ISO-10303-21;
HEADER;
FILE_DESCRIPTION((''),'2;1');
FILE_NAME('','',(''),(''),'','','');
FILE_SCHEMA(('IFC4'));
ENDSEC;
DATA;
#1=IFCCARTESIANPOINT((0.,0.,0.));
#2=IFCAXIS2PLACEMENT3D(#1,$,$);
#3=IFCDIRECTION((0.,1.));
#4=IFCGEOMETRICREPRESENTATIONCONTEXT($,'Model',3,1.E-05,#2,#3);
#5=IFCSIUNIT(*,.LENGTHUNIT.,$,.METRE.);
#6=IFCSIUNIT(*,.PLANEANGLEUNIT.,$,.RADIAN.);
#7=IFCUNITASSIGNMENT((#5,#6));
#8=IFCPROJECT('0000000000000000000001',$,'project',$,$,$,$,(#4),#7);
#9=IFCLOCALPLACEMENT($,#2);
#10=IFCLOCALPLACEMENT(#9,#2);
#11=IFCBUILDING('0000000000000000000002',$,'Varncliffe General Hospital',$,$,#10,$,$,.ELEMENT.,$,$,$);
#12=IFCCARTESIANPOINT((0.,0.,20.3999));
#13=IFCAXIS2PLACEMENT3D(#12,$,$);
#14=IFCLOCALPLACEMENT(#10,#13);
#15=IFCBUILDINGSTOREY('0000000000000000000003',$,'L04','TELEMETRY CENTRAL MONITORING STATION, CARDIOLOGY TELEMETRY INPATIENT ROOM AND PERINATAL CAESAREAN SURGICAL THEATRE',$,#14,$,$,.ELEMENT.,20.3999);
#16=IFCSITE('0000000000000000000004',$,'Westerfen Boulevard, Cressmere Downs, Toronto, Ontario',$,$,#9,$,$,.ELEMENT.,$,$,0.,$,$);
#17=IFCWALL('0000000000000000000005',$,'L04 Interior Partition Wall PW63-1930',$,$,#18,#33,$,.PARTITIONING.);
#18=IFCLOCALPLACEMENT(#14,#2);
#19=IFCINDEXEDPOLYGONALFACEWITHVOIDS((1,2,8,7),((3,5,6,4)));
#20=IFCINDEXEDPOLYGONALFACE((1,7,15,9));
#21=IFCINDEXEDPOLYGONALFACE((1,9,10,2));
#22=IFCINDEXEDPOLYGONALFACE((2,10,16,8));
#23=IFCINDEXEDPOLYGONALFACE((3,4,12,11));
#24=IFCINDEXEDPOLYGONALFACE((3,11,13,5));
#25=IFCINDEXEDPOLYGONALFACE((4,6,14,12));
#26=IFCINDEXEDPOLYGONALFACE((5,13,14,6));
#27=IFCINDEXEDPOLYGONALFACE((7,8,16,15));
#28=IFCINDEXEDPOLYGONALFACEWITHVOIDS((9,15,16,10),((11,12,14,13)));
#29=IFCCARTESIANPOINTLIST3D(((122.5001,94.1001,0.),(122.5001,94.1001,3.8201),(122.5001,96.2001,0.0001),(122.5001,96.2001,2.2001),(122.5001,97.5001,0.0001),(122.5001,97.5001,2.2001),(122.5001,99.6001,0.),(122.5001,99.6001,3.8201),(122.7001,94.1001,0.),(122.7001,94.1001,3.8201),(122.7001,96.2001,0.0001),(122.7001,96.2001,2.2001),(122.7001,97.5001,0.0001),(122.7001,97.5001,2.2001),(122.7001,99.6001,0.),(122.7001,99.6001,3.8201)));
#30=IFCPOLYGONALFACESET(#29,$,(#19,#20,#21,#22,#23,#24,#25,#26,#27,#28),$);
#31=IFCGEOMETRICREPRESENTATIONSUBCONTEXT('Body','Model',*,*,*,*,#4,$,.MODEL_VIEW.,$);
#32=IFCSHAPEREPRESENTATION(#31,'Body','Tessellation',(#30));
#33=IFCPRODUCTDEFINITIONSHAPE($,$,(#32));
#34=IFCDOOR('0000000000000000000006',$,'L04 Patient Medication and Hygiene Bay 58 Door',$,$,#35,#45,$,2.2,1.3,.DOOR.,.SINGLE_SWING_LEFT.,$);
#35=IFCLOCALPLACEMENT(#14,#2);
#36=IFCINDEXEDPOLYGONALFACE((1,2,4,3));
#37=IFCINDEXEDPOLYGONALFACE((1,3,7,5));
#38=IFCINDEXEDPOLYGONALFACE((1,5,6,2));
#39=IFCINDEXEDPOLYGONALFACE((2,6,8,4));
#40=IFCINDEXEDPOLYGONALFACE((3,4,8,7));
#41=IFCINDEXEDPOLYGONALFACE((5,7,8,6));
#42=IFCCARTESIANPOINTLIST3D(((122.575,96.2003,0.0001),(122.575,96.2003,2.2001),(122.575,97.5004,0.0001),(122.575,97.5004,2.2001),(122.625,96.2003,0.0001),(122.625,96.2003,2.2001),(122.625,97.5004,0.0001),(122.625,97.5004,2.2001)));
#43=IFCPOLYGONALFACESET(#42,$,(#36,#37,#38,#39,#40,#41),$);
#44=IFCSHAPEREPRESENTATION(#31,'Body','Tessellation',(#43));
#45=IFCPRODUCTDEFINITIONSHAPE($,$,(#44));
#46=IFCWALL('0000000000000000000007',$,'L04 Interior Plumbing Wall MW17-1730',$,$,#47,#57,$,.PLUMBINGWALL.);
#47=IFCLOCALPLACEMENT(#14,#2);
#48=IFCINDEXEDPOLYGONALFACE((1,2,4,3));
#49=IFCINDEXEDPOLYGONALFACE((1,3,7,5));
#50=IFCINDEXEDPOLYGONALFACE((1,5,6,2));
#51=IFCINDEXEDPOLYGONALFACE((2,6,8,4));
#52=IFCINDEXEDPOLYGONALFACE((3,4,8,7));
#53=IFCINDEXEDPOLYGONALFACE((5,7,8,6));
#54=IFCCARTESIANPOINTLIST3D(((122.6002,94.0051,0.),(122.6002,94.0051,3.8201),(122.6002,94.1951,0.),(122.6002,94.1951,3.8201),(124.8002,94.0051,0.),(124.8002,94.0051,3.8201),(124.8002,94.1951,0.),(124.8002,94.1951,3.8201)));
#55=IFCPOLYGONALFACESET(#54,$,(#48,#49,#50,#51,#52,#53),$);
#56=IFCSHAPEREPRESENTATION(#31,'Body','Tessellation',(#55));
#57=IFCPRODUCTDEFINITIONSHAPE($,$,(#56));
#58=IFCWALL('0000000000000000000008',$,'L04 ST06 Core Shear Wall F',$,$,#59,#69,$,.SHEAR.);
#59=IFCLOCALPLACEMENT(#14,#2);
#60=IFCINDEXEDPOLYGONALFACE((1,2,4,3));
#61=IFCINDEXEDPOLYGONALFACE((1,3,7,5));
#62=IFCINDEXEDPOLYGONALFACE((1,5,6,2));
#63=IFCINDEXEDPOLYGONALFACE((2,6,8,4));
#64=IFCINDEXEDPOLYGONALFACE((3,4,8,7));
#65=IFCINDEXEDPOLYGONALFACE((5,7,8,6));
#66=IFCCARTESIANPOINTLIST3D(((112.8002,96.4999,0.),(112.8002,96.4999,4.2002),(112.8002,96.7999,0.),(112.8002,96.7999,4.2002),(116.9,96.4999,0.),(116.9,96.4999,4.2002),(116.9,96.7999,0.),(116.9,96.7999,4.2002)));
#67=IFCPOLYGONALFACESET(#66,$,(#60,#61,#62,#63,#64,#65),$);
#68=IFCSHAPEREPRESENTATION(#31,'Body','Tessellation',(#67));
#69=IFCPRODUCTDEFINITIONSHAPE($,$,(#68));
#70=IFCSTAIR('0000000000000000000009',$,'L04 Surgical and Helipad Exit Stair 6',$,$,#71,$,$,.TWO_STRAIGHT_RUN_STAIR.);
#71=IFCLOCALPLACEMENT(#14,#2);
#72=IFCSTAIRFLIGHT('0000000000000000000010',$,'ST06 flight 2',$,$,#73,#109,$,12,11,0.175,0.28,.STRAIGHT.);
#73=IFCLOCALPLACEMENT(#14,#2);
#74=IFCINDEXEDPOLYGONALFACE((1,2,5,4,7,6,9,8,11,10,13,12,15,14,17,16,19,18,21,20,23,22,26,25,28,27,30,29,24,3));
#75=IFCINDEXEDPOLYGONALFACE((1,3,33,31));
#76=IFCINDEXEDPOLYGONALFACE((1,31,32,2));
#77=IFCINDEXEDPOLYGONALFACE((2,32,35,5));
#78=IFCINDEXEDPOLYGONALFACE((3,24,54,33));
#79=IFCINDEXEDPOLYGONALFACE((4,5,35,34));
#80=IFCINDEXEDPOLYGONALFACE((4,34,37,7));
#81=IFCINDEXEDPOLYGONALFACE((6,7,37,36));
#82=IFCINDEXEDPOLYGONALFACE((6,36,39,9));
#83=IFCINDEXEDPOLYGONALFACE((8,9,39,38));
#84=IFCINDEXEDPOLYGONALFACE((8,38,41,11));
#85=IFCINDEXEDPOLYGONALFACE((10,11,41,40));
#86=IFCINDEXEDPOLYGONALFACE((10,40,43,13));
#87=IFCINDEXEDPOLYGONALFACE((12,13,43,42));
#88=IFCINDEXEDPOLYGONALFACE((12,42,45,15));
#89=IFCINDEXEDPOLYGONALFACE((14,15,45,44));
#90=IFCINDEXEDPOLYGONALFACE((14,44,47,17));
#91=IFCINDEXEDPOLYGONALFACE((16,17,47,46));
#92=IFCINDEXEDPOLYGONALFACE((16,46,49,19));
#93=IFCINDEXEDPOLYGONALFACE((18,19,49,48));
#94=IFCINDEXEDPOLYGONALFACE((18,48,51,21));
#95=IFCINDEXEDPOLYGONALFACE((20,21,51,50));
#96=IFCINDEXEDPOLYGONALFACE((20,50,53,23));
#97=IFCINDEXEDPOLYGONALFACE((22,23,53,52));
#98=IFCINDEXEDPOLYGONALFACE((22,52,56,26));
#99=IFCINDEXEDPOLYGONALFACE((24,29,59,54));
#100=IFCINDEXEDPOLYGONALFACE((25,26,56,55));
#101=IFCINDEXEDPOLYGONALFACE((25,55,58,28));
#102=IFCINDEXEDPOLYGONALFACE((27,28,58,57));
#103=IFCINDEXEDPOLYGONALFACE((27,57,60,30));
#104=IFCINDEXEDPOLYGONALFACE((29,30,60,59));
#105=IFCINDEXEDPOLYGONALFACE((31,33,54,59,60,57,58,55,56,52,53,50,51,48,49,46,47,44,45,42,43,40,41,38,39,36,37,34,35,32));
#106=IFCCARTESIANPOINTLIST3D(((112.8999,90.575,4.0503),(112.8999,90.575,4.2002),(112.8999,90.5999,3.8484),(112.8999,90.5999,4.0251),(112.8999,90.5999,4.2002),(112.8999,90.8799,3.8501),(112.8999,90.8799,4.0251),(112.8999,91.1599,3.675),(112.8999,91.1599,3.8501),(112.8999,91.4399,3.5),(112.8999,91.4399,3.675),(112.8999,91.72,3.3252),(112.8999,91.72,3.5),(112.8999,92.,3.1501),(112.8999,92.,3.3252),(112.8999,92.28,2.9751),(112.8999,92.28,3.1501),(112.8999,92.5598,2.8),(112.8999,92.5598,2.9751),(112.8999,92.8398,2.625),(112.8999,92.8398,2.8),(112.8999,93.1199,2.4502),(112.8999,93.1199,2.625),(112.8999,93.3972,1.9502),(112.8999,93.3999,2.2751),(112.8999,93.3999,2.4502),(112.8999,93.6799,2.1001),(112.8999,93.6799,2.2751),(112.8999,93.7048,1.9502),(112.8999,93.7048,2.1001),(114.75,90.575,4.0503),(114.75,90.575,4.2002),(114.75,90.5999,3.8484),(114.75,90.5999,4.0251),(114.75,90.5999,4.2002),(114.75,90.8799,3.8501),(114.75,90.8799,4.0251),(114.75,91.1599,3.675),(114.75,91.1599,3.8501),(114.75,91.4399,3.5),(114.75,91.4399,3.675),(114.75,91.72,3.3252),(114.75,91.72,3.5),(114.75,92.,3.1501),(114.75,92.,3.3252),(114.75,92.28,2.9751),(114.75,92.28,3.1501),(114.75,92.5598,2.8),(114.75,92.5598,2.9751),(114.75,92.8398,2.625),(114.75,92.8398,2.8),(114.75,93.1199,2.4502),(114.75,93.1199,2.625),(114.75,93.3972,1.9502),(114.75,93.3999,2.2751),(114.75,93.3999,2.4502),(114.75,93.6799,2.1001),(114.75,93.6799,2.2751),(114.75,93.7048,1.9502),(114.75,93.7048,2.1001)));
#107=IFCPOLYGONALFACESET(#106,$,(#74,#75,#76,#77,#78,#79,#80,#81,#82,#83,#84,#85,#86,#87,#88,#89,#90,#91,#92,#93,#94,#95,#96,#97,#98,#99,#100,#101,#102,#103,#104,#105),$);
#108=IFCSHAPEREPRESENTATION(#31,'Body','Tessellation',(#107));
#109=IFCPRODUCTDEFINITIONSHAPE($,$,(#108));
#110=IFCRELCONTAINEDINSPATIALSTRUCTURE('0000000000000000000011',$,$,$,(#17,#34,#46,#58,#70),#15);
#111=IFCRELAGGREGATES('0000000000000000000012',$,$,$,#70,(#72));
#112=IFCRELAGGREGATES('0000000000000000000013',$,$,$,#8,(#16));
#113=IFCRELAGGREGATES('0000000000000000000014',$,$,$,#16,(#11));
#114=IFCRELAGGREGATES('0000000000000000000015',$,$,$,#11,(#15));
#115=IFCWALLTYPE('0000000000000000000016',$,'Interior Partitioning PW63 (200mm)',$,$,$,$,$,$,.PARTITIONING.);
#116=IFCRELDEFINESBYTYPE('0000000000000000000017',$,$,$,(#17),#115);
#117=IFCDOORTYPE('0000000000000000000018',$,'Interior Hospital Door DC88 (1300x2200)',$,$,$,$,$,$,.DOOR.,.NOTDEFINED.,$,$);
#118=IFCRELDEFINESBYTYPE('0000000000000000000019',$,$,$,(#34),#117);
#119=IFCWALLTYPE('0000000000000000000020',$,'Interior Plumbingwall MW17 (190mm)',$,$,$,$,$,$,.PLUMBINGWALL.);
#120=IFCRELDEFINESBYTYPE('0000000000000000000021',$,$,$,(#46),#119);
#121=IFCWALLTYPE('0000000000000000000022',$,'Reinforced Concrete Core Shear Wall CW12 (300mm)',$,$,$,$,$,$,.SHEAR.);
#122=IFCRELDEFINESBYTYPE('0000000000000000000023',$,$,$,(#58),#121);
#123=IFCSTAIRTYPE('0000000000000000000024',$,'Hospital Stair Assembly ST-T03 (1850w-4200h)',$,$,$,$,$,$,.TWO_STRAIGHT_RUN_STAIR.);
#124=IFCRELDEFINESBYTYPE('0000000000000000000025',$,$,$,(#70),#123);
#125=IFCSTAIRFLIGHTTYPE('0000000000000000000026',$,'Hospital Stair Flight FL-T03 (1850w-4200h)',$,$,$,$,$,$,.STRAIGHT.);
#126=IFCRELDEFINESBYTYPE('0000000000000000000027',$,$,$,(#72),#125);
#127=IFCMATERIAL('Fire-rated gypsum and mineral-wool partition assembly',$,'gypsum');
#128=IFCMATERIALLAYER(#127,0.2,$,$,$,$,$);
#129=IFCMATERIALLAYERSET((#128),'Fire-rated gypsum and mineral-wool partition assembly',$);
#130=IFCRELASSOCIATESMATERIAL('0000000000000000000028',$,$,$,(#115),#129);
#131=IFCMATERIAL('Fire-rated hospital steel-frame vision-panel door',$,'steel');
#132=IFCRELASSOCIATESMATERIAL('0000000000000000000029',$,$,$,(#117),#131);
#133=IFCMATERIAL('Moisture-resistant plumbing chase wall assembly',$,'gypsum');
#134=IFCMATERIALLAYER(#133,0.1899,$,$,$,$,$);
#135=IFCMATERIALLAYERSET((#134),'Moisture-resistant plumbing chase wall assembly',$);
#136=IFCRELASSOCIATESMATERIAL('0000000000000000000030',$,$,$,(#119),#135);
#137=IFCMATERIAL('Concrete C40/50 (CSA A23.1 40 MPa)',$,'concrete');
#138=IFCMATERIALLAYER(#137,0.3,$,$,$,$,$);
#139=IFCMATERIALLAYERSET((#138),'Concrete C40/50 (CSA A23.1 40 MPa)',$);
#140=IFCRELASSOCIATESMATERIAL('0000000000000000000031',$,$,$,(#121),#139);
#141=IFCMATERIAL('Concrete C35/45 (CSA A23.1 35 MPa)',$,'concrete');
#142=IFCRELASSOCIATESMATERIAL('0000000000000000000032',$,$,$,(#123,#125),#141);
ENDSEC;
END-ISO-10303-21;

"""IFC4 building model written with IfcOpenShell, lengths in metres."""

from ifc_helpers import new_model, si_unit, direction, frame, frame_2d, origin, place, context, subcontext, project, spatial, polyline, rectangle, outline, extrude, material, layer, layer_set, type_object, element, fill, aggregate, save


model = new_model("IFC4")

# Units and contexts
model_context = context("Model", 3, precision=1e-05, world=origin(), true_north=direction((0.0, 1.0)))
body_context = subcontext(model_context, "Body", "Model", "MODEL_VIEW")
ifc_project = project(units=[si_unit("LENGTHUNIT", "METRE"), si_unit("PLANEANGLEUNIT", "RADIAN")], contexts=[model_context])

# Site, building, storey
site_placement = place(None, origin())
site = spatial("IfcSite", under=ifc_project, at=site_placement, Name="Westerfen Boulevard, Cressmere Downs, Toronto, Ontario", CompositionType="ELEMENT", RefElevation=0.0)
building_placement = place(site_placement, origin())
building = spatial("IfcBuilding", under=site, at=building_placement, Name="Varncliffe General Hospital", CompositionType="ELEMENT")
storey_placement = place(building_placement, frame((0.0, 0.0, 20.3999)))
storey = spatial("IfcBuildingStorey", under=building, at=storey_placement, Name="L04", Description="TELEMETRY CENTRAL MONITORING STATION, CARDIOLOGY TELEMETRY INPATIENT ROOM AND PERINATAL CAESAREAN SURGICAL THEATRE", CompositionType="ELEMENT", Elevation=20.3999)

# Shared definitions
ifc_material_1 = material(Name="Concrete C40/50 (CSA A23.1 40 MPa)", Category="concrete")

# Shared definitions
ifc_material_2 = material(Name="Concrete C35/45 (CSA A23.1 35 MPa)", Category="concrete")

# Wall, opening, door
ifc_material_3 = material(Name="Fire-rated gypsum and mineral-wool partition assembly", Category="gypsum")
ifc_layer_1 = layer(ifc_material_3, 0.2)
ifc_layer_set_1 = layer_set([ifc_layer_1], Name="Fire-rated gypsum and mineral-wool partition assembly")
wall_type_1 = type_object("IfcWallType", Name="Interior Partitioning PW63 (200mm)", PredefinedType="PARTITIONING", material=ifc_layer_set_1)
ifc_material_4 = material(Name="Fire-rated hospital steel-frame vision-panel door", Category="steel")
wall_1_placement = place(storey_placement, frame((122.6001, 94.1001, 0.0), z_axis=(0.0, 0.0, 1.0), x_axis=(0.0, 1.0, 0.0)))
wall_1 = element("IfcWall", 1, at=wall_1_placement, inside=storey, type_object=wall_type_1, Name="L04 Interior Partition Wall PW63-1930", PredefinedType="PARTITIONING", context=body_context, shape_type="SweptSolid", body=[
    extrude(rectangle(XDim=5.5, YDim=0.2, at=frame_2d((2.75, 0.0))), origin(), (0.0, 0.0, 1.0), 3.8201),
])
opening_1_placement = place(wall_1_placement, frame((2.1001, 0.0, 0.0)))
opening_1 = element("IfcOpeningElement", 2, at=opening_1_placement, cuts=wall_1, PredefinedType="OPENING", context=body_context, shape_type="SweptSolid", body=[
    extrude(rectangle(XDim=1.3, YDim=2.2, at=frame_2d((0.6499, 1.1001))), frame((0.0, 0.1099, 0.0), z_axis=(0.0, -1.0, 0.0), x_axis=(1.0, 0.0, 0.0)), (0.0, 0.0, 1.0), 0.22),
])
door_type_1 = type_object("IfcDoorType", Name="Interior Hospital Door DC88 (1300x2200)", OperationType="NOTDEFINED", PredefinedType="DOOR", material=ifc_material_4)
door_1_placement = place(opening_1_placement, frame((1.3, 0.0, 0.0), z_axis=(0.0, 0.0, 1.0), x_axis=(-1.0, 0.0, 0.0)))
door_1 = element("IfcDoor", 3, at=door_1_placement, inside=storey, type_object=door_type_1, Name="L04 Patient Medication and Hygiene Bay 58 Door", OperationType="SINGLE_SWING_LEFT", OverallHeight=2.2, OverallWidth=1.3, PredefinedType="DOOR", context=body_context, shape_type="SweptSolid", body=[
    extrude(rectangle(XDim=1.3, YDim=2.2, at=frame_2d((0.6499, 1.1001))), frame((0.0, 0.0249, 0.0), z_axis=(0.0, -1.0, 0.0), x_axis=(1.0, 0.0, 0.0)), (0.0, 0.0, 1.0), 0.05),
])
fill(opening_1, door_1)

# Walls
ifc_material_5 = material(Name="Moisture-resistant plumbing chase wall assembly", Category="gypsum")
ifc_layer_2 = layer(ifc_material_5, 0.1899)
ifc_layer_set_2 = layer_set([ifc_layer_2], Name="Moisture-resistant plumbing chase wall assembly")
wall_type_2 = type_object("IfcWallType", Name="Interior Plumbingwall MW17 (190mm)", PredefinedType="PLUMBINGWALL", material=ifc_layer_set_2)
wall_2_placement = place(storey_placement, frame((122.6001, 94.1001, 0.0), z_axis=(0.0, 0.0, 1.0), x_axis=(1.0, 0.0, 0.0)))
element("IfcWall", 4, at=wall_2_placement, inside=storey, type_object=wall_type_2, Name="L04 Interior Plumbing Wall MW17-1730", PredefinedType="PLUMBINGWALL", context=body_context, shape_type="SweptSolid", body=[
    extrude(rectangle(XDim=2.2, YDim=0.1899, at=frame_2d((1.1001, 0.0))), origin(), (0.0, 0.0, 1.0), 3.8201),
])
ifc_layer_3 = layer(ifc_material_1, 0.3)
ifc_layer_set_3 = layer_set([ifc_layer_3], Name="Concrete C40/50 (CSA A23.1 40 MPa)")
wall_type_3 = type_object("IfcWallType", Name="Reinforced Concrete Core Shear Wall CW12 (300mm)", PredefinedType="SHEAR", material=ifc_layer_set_3)
wall_3_placement = place(storey_placement, frame((116.8999, 96.6499, 0.0), z_axis=(0.0, 0.0, 1.0), x_axis=(-1.0, 0.0, 0.0)))
element("IfcWall", 5, at=wall_3_placement, inside=storey, type_object=wall_type_3, Name="L04 ST06 Core Shear Wall F", PredefinedType="SHEAR", context=body_context, shape_type="SweptSolid", body=[
    extrude(rectangle(XDim=4.0999, YDim=0.3, at=frame_2d((2.0498, 0.0))), origin(), (0.0, 0.0, 1.0), 4.2002),
])

# Stair, stair flight
stair_type = type_object("IfcStairType", Name="Hospital Stair Assembly ST-T03 (1850w-4200h)", PredefinedType="TWO_STRAIGHT_RUN_STAIR", material=ifc_material_2)
stair_placement = place(storey_placement, origin())
stair = element("IfcStair", 6, at=stair_placement, inside=storey, type_object=stair_type, Name="L04 Surgical and Helipad Exit Stair 6", PredefinedType="TWO_STRAIGHT_RUN_STAIR")
stair_flight_type = type_object("IfcStairFlightType", Name="Hospital Stair Flight FL-T03 (1850w-4200h)", PredefinedType="STRAIGHT", material=ifc_material_2)
stair_flight_placement = place(storey_placement, frame((113.825, 93.6799, 2.1001), z_axis=(0.0, 0.0, 1.0), x_axis=(0.0, -1.0, 0.0)))
stair_flight = element("IfcStairFlight", 7, at=stair_flight_placement, type_object=stair_flight_type, Name="ST06 flight 2", NumberOfRisers=12, NumberOfTreads=11, PredefinedType="STRAIGHT", RiserHeight=0.175, TreadLength=0.28, context=body_context, shape_type="SweptSolid", body=[
    extrude(outline(polyline([(-0.0249, -0.1499), (-0.0249, 0.0), (0.0, 0.0), (0.0, 0.175), (0.28, 0.175), (0.28, 0.3501), (0.5601, 0.3501), (0.5601, 0.5249), (0.8401, 0.5249), (0.8401, 0.7), (1.1201, 0.7), (1.1201, 0.875), (1.3999, 0.875), (1.3999, 1.05), (1.6799, 1.05), (1.6799, 1.2251), (1.96, 1.2251), (1.96, 1.3999), (2.24, 1.3999), (2.24, 1.575), (2.52, 1.575), (2.52, 1.75), (2.8, 1.75), (2.8, 1.925), (3.0801, 1.925), (3.0801, 2.1001), (3.105, 2.1001), (3.105, 1.9502), (3.0801, 1.7483), (0.2827, -0.1499), (-0.0249, -0.1499)])), frame((0.0, 0.925, 0.0), z_axis=(0.0, -1.0, 0.0), x_axis=(1.0, 0.0, 0.0)), (0.0, 0.0, 1.0), 1.8501),
])
aggregate(stair, [stair_flight])

save(model, "model.ifc")
